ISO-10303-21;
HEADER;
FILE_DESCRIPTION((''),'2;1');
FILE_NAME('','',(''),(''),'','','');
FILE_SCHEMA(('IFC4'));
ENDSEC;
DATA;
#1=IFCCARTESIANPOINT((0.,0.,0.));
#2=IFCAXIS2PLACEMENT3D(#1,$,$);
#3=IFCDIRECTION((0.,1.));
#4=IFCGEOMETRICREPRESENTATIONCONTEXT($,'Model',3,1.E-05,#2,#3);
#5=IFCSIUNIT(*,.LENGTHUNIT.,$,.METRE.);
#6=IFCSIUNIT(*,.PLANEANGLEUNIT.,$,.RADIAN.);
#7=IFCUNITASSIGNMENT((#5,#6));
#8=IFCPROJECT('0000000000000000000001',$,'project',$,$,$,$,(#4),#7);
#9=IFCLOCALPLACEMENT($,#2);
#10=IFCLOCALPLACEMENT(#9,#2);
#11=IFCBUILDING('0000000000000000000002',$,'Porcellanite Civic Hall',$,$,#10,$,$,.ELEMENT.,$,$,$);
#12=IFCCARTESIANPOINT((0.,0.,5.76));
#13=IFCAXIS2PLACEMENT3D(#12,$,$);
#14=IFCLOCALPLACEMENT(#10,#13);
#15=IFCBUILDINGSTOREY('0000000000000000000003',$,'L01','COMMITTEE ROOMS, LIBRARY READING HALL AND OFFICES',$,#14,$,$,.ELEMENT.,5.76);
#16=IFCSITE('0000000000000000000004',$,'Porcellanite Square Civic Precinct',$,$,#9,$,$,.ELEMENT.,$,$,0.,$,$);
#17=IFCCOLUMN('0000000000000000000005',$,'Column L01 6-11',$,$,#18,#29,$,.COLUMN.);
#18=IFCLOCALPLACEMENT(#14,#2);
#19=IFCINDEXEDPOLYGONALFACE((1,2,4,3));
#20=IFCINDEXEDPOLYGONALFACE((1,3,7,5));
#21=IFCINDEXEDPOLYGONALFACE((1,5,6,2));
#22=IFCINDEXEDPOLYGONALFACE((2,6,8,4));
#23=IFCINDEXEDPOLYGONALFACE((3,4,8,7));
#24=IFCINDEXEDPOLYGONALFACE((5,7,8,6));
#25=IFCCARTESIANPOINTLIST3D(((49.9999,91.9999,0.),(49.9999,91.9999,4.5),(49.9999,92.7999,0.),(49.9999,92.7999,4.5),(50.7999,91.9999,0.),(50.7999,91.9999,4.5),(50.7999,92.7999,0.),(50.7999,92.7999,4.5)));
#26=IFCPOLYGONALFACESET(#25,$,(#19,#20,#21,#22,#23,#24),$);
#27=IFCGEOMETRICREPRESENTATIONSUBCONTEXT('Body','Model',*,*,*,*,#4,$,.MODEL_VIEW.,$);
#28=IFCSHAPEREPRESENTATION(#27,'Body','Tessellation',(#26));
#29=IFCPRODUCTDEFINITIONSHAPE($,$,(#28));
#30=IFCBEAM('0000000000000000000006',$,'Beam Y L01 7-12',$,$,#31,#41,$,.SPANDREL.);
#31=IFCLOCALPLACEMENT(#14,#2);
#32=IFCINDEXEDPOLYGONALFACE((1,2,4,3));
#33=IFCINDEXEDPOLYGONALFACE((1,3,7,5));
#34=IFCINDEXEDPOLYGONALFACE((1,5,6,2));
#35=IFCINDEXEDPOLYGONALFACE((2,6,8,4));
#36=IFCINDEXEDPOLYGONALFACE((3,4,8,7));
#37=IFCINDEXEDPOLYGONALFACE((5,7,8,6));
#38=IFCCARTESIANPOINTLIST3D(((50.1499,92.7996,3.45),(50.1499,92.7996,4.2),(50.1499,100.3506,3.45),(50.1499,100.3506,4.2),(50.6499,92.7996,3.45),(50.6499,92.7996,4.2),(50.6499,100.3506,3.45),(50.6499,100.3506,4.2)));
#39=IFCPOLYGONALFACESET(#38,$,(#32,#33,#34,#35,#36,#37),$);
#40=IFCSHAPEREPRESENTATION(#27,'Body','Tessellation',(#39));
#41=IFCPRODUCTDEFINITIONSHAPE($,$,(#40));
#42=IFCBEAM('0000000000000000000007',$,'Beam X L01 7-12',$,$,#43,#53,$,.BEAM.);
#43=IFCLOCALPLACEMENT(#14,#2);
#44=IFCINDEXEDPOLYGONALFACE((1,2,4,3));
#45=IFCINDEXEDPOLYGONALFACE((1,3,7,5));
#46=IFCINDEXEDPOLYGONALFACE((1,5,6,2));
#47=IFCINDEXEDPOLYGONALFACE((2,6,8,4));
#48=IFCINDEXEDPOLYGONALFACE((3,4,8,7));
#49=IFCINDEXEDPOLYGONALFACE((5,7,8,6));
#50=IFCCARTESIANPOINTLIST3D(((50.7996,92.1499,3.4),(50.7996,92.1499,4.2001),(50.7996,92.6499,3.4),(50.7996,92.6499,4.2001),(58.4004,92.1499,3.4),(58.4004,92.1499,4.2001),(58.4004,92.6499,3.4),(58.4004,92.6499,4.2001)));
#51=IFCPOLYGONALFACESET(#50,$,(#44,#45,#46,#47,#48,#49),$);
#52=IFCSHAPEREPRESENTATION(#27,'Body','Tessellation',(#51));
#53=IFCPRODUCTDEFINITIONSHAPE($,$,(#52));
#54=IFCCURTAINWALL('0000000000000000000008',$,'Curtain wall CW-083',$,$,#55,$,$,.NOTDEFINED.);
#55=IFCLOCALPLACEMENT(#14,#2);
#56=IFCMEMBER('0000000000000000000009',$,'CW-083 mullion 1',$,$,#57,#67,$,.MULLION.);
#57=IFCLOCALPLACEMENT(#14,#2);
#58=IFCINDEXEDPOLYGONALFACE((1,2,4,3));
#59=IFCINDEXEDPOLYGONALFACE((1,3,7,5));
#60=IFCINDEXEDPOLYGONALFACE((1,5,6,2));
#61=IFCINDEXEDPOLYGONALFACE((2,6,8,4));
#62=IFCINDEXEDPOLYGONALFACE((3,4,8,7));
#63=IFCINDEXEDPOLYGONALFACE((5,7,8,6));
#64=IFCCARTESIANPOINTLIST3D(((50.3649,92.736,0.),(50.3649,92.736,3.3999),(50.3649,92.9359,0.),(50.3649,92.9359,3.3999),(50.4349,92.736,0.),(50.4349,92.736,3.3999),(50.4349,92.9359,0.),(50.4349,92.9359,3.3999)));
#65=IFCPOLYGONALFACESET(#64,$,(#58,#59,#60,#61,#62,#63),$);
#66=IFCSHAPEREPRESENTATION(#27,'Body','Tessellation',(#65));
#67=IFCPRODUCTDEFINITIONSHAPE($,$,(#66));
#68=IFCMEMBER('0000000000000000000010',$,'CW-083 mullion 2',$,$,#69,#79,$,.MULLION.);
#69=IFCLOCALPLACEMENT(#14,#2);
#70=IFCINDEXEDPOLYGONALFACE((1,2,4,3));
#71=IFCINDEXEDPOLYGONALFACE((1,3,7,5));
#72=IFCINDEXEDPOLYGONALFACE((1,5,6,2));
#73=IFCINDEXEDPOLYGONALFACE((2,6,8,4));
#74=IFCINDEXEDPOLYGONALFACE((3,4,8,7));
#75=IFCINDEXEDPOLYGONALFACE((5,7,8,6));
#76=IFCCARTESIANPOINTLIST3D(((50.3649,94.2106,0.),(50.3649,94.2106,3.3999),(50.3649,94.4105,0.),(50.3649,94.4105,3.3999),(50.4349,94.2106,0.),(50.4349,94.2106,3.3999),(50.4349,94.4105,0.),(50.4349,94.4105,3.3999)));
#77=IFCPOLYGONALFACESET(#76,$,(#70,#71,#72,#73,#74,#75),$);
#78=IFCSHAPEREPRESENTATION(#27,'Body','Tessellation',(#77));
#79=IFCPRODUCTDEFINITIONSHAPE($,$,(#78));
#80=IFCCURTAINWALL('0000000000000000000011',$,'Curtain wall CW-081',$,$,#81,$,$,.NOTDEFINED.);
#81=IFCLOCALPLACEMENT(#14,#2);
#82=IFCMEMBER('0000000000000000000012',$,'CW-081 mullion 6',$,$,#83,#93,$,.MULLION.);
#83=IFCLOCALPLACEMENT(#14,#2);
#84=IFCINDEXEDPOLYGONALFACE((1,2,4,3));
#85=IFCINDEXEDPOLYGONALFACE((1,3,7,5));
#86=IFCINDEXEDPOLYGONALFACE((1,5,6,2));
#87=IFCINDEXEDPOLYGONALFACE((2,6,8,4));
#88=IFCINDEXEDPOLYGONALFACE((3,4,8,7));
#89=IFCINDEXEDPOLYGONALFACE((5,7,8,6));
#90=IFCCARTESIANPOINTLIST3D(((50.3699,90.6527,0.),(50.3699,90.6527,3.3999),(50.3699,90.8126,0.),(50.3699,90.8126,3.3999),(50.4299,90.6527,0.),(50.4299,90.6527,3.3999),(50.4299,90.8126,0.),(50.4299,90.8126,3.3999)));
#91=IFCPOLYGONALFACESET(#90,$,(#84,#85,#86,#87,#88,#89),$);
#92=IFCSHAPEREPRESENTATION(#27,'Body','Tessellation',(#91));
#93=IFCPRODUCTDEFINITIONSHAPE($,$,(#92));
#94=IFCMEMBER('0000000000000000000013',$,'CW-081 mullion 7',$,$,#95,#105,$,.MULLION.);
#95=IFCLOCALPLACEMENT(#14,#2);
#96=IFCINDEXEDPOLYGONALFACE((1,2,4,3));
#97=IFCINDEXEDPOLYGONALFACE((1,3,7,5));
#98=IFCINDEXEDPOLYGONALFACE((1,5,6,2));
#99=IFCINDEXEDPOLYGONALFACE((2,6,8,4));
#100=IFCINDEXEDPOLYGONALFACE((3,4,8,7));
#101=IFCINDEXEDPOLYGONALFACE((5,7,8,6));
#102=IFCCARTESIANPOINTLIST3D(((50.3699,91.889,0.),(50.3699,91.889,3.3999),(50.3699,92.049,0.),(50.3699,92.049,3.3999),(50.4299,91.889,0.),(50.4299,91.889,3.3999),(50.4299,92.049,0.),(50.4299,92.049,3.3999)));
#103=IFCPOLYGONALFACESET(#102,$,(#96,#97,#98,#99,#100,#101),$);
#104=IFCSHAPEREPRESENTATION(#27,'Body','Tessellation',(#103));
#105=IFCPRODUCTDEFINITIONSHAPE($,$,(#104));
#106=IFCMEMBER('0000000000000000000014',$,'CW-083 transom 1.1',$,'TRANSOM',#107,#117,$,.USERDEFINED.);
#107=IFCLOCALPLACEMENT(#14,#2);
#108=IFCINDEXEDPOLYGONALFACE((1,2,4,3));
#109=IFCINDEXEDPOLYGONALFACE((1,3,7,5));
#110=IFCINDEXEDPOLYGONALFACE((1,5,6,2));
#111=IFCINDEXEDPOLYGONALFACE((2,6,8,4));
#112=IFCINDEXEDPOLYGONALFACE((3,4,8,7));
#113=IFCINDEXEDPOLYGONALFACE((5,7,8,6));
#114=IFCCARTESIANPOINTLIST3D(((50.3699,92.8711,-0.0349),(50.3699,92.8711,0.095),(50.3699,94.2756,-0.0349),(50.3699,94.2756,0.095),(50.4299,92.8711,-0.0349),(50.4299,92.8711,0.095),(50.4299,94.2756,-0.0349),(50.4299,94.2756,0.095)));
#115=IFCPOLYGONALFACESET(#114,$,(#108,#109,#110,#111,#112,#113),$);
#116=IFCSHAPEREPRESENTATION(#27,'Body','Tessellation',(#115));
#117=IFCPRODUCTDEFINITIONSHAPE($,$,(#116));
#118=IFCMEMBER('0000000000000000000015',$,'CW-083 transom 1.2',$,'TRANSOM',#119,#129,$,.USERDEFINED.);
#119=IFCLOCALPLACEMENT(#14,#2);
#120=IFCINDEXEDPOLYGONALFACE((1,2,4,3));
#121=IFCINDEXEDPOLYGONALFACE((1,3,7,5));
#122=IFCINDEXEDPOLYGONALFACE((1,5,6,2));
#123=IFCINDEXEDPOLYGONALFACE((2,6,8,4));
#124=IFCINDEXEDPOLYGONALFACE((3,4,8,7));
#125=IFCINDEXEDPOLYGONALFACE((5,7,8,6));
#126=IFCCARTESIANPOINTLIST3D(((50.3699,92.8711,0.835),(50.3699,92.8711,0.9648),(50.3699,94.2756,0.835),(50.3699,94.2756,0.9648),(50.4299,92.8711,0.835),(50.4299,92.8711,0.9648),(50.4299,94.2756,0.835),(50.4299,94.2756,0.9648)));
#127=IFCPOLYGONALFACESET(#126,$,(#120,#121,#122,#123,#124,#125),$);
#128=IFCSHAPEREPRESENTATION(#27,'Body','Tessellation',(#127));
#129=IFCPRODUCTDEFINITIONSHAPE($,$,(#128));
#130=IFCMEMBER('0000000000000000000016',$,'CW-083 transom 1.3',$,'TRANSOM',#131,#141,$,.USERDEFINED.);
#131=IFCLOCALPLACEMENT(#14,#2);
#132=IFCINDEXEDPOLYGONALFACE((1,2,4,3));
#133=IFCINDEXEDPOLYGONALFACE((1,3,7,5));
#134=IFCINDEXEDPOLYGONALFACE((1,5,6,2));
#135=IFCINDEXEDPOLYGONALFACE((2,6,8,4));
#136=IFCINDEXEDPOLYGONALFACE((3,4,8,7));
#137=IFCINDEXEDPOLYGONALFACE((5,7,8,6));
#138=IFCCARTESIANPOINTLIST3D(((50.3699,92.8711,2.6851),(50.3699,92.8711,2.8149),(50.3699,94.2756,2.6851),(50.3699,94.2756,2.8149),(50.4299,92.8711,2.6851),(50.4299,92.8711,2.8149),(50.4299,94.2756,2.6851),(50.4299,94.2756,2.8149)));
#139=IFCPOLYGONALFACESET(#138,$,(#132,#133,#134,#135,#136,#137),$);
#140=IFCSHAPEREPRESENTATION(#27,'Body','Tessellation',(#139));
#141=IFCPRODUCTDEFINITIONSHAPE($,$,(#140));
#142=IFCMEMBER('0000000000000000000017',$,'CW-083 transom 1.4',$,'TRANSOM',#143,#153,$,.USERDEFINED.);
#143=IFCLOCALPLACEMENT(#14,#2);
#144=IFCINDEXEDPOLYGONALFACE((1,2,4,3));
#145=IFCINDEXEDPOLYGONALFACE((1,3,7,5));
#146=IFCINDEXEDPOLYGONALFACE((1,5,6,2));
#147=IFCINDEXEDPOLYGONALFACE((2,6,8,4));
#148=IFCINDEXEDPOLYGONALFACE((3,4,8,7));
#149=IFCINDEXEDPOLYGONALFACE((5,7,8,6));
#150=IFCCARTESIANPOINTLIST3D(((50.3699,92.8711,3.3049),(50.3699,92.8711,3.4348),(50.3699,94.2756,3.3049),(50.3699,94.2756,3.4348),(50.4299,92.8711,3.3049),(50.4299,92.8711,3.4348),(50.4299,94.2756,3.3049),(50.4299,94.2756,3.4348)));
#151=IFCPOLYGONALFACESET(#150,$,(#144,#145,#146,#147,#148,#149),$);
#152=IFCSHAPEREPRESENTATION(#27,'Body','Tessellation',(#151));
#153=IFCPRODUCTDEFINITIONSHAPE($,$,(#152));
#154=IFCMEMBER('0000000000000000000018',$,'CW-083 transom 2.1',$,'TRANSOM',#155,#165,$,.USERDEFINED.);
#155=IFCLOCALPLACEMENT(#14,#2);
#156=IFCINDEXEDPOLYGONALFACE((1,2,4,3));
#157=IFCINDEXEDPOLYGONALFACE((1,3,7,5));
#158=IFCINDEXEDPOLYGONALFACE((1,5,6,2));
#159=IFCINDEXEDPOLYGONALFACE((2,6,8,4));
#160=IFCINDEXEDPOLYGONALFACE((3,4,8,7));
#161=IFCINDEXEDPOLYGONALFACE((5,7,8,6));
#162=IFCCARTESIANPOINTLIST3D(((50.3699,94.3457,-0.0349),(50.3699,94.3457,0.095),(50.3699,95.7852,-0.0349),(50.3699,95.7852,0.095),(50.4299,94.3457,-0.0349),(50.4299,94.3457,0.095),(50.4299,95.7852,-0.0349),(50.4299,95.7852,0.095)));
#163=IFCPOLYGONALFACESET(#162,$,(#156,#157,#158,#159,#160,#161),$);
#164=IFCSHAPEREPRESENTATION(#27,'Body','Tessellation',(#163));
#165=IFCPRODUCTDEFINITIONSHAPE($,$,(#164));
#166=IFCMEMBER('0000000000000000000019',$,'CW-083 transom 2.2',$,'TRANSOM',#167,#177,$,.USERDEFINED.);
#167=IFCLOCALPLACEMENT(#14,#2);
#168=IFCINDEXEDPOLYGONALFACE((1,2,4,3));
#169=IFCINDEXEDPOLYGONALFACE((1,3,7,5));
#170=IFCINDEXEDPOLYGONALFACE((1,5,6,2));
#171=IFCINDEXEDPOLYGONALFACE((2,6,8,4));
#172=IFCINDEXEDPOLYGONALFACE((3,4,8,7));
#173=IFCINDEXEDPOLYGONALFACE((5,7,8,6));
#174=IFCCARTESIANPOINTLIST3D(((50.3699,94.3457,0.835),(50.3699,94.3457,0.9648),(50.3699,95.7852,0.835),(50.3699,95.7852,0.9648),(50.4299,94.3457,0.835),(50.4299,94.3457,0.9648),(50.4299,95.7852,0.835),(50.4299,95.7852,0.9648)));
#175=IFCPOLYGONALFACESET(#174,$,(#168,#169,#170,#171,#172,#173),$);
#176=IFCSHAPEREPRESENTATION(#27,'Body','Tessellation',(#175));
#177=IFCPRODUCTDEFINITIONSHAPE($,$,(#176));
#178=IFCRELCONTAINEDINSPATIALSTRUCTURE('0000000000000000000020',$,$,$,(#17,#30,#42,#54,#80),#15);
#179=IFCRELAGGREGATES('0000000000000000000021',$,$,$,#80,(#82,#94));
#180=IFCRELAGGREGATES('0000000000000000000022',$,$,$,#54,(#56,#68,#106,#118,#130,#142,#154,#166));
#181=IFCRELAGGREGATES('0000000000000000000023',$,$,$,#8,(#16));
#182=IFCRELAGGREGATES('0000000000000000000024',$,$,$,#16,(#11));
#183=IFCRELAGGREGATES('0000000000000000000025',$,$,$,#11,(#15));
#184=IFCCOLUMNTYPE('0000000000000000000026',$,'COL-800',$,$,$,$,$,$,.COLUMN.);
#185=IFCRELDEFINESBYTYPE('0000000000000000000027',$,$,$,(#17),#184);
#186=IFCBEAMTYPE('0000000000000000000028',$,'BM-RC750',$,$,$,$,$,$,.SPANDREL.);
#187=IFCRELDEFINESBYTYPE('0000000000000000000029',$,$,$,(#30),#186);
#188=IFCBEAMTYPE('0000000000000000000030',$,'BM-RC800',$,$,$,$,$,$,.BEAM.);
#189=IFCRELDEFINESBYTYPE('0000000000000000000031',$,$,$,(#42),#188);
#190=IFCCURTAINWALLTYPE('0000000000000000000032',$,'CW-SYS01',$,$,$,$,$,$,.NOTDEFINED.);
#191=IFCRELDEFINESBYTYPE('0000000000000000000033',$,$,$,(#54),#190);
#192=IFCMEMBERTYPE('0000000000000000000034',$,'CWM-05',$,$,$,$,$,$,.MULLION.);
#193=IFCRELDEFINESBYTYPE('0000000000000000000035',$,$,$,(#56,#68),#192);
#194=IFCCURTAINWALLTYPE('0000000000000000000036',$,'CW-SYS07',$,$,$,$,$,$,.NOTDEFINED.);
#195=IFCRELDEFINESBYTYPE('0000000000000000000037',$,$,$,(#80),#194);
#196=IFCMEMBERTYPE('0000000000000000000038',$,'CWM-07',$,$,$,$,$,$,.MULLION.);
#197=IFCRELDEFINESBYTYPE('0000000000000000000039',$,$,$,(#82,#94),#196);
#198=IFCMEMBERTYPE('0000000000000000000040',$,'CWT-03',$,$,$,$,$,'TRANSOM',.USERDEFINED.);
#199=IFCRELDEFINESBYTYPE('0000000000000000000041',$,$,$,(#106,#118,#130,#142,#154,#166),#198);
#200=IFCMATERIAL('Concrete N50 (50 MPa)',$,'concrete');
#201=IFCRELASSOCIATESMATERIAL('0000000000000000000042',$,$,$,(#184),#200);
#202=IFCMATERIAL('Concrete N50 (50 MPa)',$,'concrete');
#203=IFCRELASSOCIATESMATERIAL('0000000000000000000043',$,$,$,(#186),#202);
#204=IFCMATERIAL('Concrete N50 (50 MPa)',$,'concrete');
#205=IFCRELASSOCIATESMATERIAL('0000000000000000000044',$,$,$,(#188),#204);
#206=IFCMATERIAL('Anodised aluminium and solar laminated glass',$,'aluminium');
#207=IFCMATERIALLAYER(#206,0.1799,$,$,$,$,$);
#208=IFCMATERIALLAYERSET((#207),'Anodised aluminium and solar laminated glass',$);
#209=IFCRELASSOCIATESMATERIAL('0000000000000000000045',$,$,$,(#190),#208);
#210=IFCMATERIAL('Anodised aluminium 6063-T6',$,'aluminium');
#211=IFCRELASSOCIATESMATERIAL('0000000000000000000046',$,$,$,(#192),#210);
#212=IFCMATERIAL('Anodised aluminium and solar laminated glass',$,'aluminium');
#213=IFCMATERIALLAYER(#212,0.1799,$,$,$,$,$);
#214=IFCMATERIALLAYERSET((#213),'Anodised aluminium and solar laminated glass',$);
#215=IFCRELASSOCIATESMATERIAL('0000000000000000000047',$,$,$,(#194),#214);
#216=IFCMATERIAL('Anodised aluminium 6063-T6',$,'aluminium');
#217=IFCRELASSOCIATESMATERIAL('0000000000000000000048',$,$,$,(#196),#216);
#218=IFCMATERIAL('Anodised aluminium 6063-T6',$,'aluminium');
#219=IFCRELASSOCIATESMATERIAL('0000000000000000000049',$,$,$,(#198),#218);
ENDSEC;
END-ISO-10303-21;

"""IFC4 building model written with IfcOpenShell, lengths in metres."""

from ifc_helpers import new_model, si_unit, direction, frame, origin, origin_2d, place, context, subcontext, project, spatial, rectangle, extrude, material, layer, layer_set, material_profile, profile_set, type_object, element, aggregate, save


model = new_model("IFC4")

# Units and contexts
model_context = context("Model", 3, precision=1e-05, world=origin(), true_north=direction((0.0, 1.0)))
body_context = subcontext(model_context, "Body", "Model", "MODEL_VIEW")
ifc_project = project(units=[si_unit("LENGTHUNIT", "METRE"), si_unit("PLANEANGLEUNIT", "RADIAN")], contexts=[model_context])

# Site, building, storey
site_placement = place(None, origin())
site = spatial("IfcSite", under=ifc_project, at=site_placement, Name="Porcellanite Square Civic Precinct", CompositionType="ELEMENT", RefElevation=0.0)
building_placement = place(site_placement, origin())
building = spatial("IfcBuilding", under=site, at=building_placement, Name="Porcellanite Civic Hall", CompositionType="ELEMENT")
storey_placement = place(building_placement, frame((0.0, 0.0, 5.76)))
storey = spatial("IfcBuildingStorey", under=building, at=storey_placement, Name="L01", Description="COMMITTEE ROOMS, LIBRARY READING HALL AND OFFICES", CompositionType="ELEMENT", Elevation=5.76)

# Column
ifc_material_1 = material(Name="Concrete N50 (50 MPa)", Category="concrete")
ifc_material_profile_1 = material_profile(ifc_material_1, rectangle(XDim=0.8, YDim=0.8, at=origin_2d()), Name="RC-800x800")
ifc_profile_set_1 = profile_set([ifc_material_profile_1], Name="Concrete N50 (50 MPa)")
column_type = type_object("IfcColumnType", Name="COL-800", PredefinedType="COLUMN", material=ifc_profile_set_1)
column_placement = place(storey_placement, frame((50.3999, 92.3999, 0.0), z_axis=(0.0, 0.0, 1.0), x_axis=(1.0, 0.0, 0.0)))
element("IfcColumn", 1, at=column_placement, inside=storey, type_object=column_type, Name="Column L01 6-11", PredefinedType="COLUMN", context=body_context, shape_type="SweptSolid", body=[
    extrude(rectangle(XDim=0.8, YDim=0.8, at=origin_2d()), origin(), (0.0, 0.0, 1.0), 4.5),
])

# Beams
ifc_material_2 = material(Name="Concrete N50 (50 MPa)", Category="concrete")
ifc_material_profile_2 = material_profile(ifc_material_2, rectangle(XDim=0.5, YDim=0.75, at=origin_2d()), Name="RC-500x750")
ifc_profile_set_2 = profile_set([ifc_material_profile_2], Name="Concrete N50 (50 MPa)")
beam_type_1 = type_object("IfcBeamType", Name="BM-RC750", PredefinedType="SPANDREL", material=ifc_profile_set_2)
beam_1_placement = place(storey_placement, frame((50.3999, 92.7996, 3.825), z_axis=(0.0, 1.0, 0.0), x_axis=(-1.0, 0.0, 0.0)))
element("IfcBeam", 2, at=beam_1_placement, inside=storey, type_object=beam_type_1, Name="Beam Y L01 7-12", PredefinedType="SPANDREL", context=body_context, shape_type="SweptSolid", body=[
    extrude(rectangle(XDim=0.5, YDim=0.75, at=origin_2d()), origin(), (0.0, 0.0, 1.0), 7.551),
])
ifc_material_3 = material(Name="Concrete N50 (50 MPa)", Category="concrete")
ifc_material_profile_3 = material_profile(ifc_material_3, rectangle(XDim=0.5, YDim=0.8, at=origin_2d()), Name="RC-500x800")
ifc_profile_set_3 = profile_set([ifc_material_profile_3], Name="Concrete N50 (50 MPa)")
beam_type_2 = type_object("IfcBeamType", Name="BM-RC800", PredefinedType="BEAM", material=ifc_profile_set_3)
beam_2_placement = place(storey_placement, frame((50.7996, 92.3999, 3.8), z_axis=(1.0, 0.0, 0.0), x_axis=(0.0, 1.0, 0.0)))
element("IfcBeam", 3, at=beam_2_placement, inside=storey, type_object=beam_type_2, Name="Beam X L01 7-12", PredefinedType="BEAM", context=body_context, shape_type="SweptSolid", body=[
    extrude(rectangle(XDim=0.5, YDim=0.8, at=origin_2d()), origin(), (0.0, 0.0, 1.0), 7.6008),
])

# Curtain walls, members
ifc_material_4 = material(Name="Anodised aluminium and solar laminated glass", Category="aluminium")
ifc_layer_1 = layer(ifc_material_4, 0.1799)
ifc_layer_set_1 = layer_set([ifc_layer_1], Name="Anodised aluminium and solar laminated glass")
curtain_wall_type_1 = type_object("IfcCurtainWallType", Name="CW-SYS01", PredefinedType="NOTDEFINED", material=ifc_layer_set_1)
curtain_wall_1_placement = place(storey_placement, origin())
curtain_wall_1 = element("IfcCurtainWall", 4, at=curtain_wall_1_placement, inside=storey, type_object=curtain_wall_type_1, Name="Curtain wall CW-083", PredefinedType="NOTDEFINED")
ifc_material_5 = material(Name="Anodised aluminium 6063-T6", Category="aluminium")
ifc_material_profile_4 = material_profile(ifc_material_5, rectangle(XDim=0.0701, YDim=0.2, at=origin_2d()), Name="AL-70x200")
ifc_profile_set_4 = profile_set([ifc_material_profile_4], Name="Anodised aluminium 6063-T6")
member_type_1 = type_object("IfcMemberType", Name="CWM-05", PredefinedType="MULLION", material=ifc_profile_set_4)
member_1_placement = place(storey_placement, frame((50.3999, 92.8359, 0.0), z_axis=(0.0, 0.0, 1.0), x_axis=(-1.0, 0.0, 0.0)))
member_1 = element("IfcMember", 5, at=member_1_placement, type_object=member_type_1, Name="CW-083 mullion 1", PredefinedType="MULLION", context=body_context, shape_type="SweptSolid", body=[
    extrude(rectangle(XDim=0.0701, YDim=0.2, at=origin_2d()), origin(), (0.0, 0.0, 1.0), 3.3999),
])
member_2_placement = place(storey_placement, frame((50.3999, 94.3105, 0.0), z_axis=(0.0, 0.0, 1.0), x_axis=(-1.0, 0.0, 0.0)))
member_2 = element("IfcMember", 6, at=member_2_placement, type_object=member_type_1, Name="CW-083 mullion 2", PredefinedType="MULLION", context=body_context, shape_type="SweptSolid", body=[
    extrude(rectangle(XDim=0.0701, YDim=0.2, at=origin_2d()), origin(), (0.0, 0.0, 1.0), 3.3999),
])
ifc_material_6 = material(Name="Anodised aluminium and solar laminated glass", Category="aluminium")
ifc_layer_2 = layer(ifc_material_6, 0.1799)
ifc_layer_set_2 = layer_set([ifc_layer_2], Name="Anodised aluminium and solar laminated glass")
curtain_wall_type_2 = type_object("IfcCurtainWallType", Name="CW-SYS07", PredefinedType="NOTDEFINED", material=ifc_layer_set_2)
curtain_wall_2_placement = place(storey_placement, origin())
curtain_wall_2 = element("IfcCurtainWall", 7, at=curtain_wall_2_placement, inside=storey, type_object=curtain_wall_type_2, Name="Curtain wall CW-081", PredefinedType="NOTDEFINED")
ifc_material_7 = material(Name="Anodised aluminium 6063-T6", Category="aluminium")
ifc_material_profile_5 = material_profile(ifc_material_7, rectangle(XDim=0.0601, YDim=0.1599, at=origin_2d()), Name="AL-60x160")
ifc_profile_set_5 = profile_set([ifc_material_profile_5], Name="Anodised aluminium 6063-T6")
member_type_2 = type_object("IfcMemberType", Name="CWM-07", PredefinedType="MULLION", material=ifc_profile_set_5)
member_3_placement = place(storey_placement, frame((50.3999, 90.7327, 0.0), z_axis=(0.0, 0.0, 1.0), x_axis=(-1.0, 0.0, 0.0)))
member_3 = element("IfcMember", 8, at=member_3_placement, type_object=member_type_2, Name="CW-081 mullion 6", PredefinedType="MULLION", context=body_context, shape_type="SweptSolid", body=[
    extrude(rectangle(XDim=0.0601, YDim=0.1599, at=origin_2d()), origin(), (0.0, 0.0, 1.0), 3.3999),
])
member_4_placement = place(storey_placement, frame((50.3999, 91.969, 0.0), z_axis=(0.0, 0.0, 1.0), x_axis=(-1.0, 0.0, 0.0)))
member_4 = element("IfcMember", 9, at=member_4_placement, type_object=member_type_2, Name="CW-081 mullion 7", PredefinedType="MULLION", context=body_context, shape_type="SweptSolid", body=[
    extrude(rectangle(XDim=0.0601, YDim=0.1599, at=origin_2d()), origin(), (0.0, 0.0, 1.0), 3.3999),
])

# Members
ifc_material_8 = material(Name="Anodised aluminium 6063-T6", Category="aluminium")
ifc_material_profile_6 = material_profile(ifc_material_8, rectangle(XDim=0.0601, YDim=0.1299, at=origin_2d()), Name="AL-60x130")
ifc_profile_set_6 = profile_set([ifc_material_profile_6], Name="Anodised aluminium 6063-T6")
member_type_3 = type_object("IfcMemberType", Name="CWT-03", ElementType="TRANSOM", PredefinedType="USERDEFINED", material=ifc_profile_set_6)
member_5_placement = place(storey_placement, frame((50.3999, 92.8711, 0.03), z_axis=(0.0, 1.0, 0.0), x_axis=(-1.0, 0.0, 0.0)))
member_5 = element("IfcMember", 10, at=member_5_placement, type_object=member_type_3, Name="CW-083 transom 1.1", ObjectType="TRANSOM", PredefinedType="USERDEFINED", context=body_context, shape_type="SweptSolid", body=[
    extrude(rectangle(XDim=0.0601, YDim=0.1299, at=origin_2d()), origin(), (0.0, 0.0, 1.0), 1.4045),
])
member_6_placement = place(storey_placement, frame((50.3999, 92.8711, 0.8999), z_axis=(0.0, 1.0, 0.0), x_axis=(-1.0, 0.0, 0.0)))
member_6 = element("IfcMember", 11, at=member_6_placement, type_object=member_type_3, Name="CW-083 transom 1.2", ObjectType="TRANSOM", PredefinedType="USERDEFINED", context=body_context, shape_type="SweptSolid", body=[
    extrude(rectangle(XDim=0.0601, YDim=0.1299, at=origin_2d()), origin(), (0.0, 0.0, 1.0), 1.4045),
])
member_7_placement = place(storey_placement, frame((50.3999, 92.8711, 2.75), z_axis=(0.0, 1.0, 0.0), x_axis=(-1.0, 0.0, 0.0)))
member_7 = element("IfcMember", 12, at=member_7_placement, type_object=member_type_3, Name="CW-083 transom 1.3", ObjectType="TRANSOM", PredefinedType="USERDEFINED", context=body_context, shape_type="SweptSolid", body=[
    extrude(rectangle(XDim=0.0601, YDim=0.1299, at=origin_2d()), origin(), (0.0, 0.0, 1.0), 1.4045),
])
member_8_placement = place(storey_placement, frame((50.3999, 92.8711, 3.3699), z_axis=(0.0, 1.0, 0.0), x_axis=(-1.0, 0.0, 0.0)))
member_8 = element("IfcMember", 13, at=member_8_placement, type_object=member_type_3, Name="CW-083 transom 1.4", ObjectType="TRANSOM", PredefinedType="USERDEFINED", context=body_context, shape_type="SweptSolid", body=[
    extrude(rectangle(XDim=0.0601, YDim=0.1299, at=origin_2d()), origin(), (0.0, 0.0, 1.0), 1.4045),
])
member_9_placement = place(storey_placement, frame((50.3999, 94.3457, 0.03), z_axis=(0.0, 1.0, 0.0), x_axis=(-1.0, 0.0, 0.0)))
member_9 = element("IfcMember", 14, at=member_9_placement, type_object=member_type_3, Name="CW-083 transom 2.1", ObjectType="TRANSOM", PredefinedType="USERDEFINED", context=body_context, shape_type="SweptSolid", body=[
    extrude(rectangle(XDim=0.0601, YDim=0.1299, at=origin_2d()), origin(), (0.0, 0.0, 1.0), 1.4395),
])
member_10_placement = place(storey_placement, frame((50.3999, 94.3457, 0.8999), z_axis=(0.0, 1.0, 0.0), x_axis=(-1.0, 0.0, 0.0)))
member_10 = element("IfcMember", 15, at=member_10_placement, type_object=member_type_3, Name="CW-083 transom 2.2", ObjectType="TRANSOM", PredefinedType="USERDEFINED", context=body_context, shape_type="SweptSolid", body=[
    extrude(rectangle(XDim=0.0601, YDim=0.1299, at=origin_2d()), origin(), (0.0, 0.0, 1.0), 1.4395),
])

aggregate(curtain_wall_2, [member_3, member_4])
aggregate(curtain_wall_1, [member_1, member_2, member_5, member_6, member_7, member_8, member_9, member_10])

save(model, "model.ifc")
